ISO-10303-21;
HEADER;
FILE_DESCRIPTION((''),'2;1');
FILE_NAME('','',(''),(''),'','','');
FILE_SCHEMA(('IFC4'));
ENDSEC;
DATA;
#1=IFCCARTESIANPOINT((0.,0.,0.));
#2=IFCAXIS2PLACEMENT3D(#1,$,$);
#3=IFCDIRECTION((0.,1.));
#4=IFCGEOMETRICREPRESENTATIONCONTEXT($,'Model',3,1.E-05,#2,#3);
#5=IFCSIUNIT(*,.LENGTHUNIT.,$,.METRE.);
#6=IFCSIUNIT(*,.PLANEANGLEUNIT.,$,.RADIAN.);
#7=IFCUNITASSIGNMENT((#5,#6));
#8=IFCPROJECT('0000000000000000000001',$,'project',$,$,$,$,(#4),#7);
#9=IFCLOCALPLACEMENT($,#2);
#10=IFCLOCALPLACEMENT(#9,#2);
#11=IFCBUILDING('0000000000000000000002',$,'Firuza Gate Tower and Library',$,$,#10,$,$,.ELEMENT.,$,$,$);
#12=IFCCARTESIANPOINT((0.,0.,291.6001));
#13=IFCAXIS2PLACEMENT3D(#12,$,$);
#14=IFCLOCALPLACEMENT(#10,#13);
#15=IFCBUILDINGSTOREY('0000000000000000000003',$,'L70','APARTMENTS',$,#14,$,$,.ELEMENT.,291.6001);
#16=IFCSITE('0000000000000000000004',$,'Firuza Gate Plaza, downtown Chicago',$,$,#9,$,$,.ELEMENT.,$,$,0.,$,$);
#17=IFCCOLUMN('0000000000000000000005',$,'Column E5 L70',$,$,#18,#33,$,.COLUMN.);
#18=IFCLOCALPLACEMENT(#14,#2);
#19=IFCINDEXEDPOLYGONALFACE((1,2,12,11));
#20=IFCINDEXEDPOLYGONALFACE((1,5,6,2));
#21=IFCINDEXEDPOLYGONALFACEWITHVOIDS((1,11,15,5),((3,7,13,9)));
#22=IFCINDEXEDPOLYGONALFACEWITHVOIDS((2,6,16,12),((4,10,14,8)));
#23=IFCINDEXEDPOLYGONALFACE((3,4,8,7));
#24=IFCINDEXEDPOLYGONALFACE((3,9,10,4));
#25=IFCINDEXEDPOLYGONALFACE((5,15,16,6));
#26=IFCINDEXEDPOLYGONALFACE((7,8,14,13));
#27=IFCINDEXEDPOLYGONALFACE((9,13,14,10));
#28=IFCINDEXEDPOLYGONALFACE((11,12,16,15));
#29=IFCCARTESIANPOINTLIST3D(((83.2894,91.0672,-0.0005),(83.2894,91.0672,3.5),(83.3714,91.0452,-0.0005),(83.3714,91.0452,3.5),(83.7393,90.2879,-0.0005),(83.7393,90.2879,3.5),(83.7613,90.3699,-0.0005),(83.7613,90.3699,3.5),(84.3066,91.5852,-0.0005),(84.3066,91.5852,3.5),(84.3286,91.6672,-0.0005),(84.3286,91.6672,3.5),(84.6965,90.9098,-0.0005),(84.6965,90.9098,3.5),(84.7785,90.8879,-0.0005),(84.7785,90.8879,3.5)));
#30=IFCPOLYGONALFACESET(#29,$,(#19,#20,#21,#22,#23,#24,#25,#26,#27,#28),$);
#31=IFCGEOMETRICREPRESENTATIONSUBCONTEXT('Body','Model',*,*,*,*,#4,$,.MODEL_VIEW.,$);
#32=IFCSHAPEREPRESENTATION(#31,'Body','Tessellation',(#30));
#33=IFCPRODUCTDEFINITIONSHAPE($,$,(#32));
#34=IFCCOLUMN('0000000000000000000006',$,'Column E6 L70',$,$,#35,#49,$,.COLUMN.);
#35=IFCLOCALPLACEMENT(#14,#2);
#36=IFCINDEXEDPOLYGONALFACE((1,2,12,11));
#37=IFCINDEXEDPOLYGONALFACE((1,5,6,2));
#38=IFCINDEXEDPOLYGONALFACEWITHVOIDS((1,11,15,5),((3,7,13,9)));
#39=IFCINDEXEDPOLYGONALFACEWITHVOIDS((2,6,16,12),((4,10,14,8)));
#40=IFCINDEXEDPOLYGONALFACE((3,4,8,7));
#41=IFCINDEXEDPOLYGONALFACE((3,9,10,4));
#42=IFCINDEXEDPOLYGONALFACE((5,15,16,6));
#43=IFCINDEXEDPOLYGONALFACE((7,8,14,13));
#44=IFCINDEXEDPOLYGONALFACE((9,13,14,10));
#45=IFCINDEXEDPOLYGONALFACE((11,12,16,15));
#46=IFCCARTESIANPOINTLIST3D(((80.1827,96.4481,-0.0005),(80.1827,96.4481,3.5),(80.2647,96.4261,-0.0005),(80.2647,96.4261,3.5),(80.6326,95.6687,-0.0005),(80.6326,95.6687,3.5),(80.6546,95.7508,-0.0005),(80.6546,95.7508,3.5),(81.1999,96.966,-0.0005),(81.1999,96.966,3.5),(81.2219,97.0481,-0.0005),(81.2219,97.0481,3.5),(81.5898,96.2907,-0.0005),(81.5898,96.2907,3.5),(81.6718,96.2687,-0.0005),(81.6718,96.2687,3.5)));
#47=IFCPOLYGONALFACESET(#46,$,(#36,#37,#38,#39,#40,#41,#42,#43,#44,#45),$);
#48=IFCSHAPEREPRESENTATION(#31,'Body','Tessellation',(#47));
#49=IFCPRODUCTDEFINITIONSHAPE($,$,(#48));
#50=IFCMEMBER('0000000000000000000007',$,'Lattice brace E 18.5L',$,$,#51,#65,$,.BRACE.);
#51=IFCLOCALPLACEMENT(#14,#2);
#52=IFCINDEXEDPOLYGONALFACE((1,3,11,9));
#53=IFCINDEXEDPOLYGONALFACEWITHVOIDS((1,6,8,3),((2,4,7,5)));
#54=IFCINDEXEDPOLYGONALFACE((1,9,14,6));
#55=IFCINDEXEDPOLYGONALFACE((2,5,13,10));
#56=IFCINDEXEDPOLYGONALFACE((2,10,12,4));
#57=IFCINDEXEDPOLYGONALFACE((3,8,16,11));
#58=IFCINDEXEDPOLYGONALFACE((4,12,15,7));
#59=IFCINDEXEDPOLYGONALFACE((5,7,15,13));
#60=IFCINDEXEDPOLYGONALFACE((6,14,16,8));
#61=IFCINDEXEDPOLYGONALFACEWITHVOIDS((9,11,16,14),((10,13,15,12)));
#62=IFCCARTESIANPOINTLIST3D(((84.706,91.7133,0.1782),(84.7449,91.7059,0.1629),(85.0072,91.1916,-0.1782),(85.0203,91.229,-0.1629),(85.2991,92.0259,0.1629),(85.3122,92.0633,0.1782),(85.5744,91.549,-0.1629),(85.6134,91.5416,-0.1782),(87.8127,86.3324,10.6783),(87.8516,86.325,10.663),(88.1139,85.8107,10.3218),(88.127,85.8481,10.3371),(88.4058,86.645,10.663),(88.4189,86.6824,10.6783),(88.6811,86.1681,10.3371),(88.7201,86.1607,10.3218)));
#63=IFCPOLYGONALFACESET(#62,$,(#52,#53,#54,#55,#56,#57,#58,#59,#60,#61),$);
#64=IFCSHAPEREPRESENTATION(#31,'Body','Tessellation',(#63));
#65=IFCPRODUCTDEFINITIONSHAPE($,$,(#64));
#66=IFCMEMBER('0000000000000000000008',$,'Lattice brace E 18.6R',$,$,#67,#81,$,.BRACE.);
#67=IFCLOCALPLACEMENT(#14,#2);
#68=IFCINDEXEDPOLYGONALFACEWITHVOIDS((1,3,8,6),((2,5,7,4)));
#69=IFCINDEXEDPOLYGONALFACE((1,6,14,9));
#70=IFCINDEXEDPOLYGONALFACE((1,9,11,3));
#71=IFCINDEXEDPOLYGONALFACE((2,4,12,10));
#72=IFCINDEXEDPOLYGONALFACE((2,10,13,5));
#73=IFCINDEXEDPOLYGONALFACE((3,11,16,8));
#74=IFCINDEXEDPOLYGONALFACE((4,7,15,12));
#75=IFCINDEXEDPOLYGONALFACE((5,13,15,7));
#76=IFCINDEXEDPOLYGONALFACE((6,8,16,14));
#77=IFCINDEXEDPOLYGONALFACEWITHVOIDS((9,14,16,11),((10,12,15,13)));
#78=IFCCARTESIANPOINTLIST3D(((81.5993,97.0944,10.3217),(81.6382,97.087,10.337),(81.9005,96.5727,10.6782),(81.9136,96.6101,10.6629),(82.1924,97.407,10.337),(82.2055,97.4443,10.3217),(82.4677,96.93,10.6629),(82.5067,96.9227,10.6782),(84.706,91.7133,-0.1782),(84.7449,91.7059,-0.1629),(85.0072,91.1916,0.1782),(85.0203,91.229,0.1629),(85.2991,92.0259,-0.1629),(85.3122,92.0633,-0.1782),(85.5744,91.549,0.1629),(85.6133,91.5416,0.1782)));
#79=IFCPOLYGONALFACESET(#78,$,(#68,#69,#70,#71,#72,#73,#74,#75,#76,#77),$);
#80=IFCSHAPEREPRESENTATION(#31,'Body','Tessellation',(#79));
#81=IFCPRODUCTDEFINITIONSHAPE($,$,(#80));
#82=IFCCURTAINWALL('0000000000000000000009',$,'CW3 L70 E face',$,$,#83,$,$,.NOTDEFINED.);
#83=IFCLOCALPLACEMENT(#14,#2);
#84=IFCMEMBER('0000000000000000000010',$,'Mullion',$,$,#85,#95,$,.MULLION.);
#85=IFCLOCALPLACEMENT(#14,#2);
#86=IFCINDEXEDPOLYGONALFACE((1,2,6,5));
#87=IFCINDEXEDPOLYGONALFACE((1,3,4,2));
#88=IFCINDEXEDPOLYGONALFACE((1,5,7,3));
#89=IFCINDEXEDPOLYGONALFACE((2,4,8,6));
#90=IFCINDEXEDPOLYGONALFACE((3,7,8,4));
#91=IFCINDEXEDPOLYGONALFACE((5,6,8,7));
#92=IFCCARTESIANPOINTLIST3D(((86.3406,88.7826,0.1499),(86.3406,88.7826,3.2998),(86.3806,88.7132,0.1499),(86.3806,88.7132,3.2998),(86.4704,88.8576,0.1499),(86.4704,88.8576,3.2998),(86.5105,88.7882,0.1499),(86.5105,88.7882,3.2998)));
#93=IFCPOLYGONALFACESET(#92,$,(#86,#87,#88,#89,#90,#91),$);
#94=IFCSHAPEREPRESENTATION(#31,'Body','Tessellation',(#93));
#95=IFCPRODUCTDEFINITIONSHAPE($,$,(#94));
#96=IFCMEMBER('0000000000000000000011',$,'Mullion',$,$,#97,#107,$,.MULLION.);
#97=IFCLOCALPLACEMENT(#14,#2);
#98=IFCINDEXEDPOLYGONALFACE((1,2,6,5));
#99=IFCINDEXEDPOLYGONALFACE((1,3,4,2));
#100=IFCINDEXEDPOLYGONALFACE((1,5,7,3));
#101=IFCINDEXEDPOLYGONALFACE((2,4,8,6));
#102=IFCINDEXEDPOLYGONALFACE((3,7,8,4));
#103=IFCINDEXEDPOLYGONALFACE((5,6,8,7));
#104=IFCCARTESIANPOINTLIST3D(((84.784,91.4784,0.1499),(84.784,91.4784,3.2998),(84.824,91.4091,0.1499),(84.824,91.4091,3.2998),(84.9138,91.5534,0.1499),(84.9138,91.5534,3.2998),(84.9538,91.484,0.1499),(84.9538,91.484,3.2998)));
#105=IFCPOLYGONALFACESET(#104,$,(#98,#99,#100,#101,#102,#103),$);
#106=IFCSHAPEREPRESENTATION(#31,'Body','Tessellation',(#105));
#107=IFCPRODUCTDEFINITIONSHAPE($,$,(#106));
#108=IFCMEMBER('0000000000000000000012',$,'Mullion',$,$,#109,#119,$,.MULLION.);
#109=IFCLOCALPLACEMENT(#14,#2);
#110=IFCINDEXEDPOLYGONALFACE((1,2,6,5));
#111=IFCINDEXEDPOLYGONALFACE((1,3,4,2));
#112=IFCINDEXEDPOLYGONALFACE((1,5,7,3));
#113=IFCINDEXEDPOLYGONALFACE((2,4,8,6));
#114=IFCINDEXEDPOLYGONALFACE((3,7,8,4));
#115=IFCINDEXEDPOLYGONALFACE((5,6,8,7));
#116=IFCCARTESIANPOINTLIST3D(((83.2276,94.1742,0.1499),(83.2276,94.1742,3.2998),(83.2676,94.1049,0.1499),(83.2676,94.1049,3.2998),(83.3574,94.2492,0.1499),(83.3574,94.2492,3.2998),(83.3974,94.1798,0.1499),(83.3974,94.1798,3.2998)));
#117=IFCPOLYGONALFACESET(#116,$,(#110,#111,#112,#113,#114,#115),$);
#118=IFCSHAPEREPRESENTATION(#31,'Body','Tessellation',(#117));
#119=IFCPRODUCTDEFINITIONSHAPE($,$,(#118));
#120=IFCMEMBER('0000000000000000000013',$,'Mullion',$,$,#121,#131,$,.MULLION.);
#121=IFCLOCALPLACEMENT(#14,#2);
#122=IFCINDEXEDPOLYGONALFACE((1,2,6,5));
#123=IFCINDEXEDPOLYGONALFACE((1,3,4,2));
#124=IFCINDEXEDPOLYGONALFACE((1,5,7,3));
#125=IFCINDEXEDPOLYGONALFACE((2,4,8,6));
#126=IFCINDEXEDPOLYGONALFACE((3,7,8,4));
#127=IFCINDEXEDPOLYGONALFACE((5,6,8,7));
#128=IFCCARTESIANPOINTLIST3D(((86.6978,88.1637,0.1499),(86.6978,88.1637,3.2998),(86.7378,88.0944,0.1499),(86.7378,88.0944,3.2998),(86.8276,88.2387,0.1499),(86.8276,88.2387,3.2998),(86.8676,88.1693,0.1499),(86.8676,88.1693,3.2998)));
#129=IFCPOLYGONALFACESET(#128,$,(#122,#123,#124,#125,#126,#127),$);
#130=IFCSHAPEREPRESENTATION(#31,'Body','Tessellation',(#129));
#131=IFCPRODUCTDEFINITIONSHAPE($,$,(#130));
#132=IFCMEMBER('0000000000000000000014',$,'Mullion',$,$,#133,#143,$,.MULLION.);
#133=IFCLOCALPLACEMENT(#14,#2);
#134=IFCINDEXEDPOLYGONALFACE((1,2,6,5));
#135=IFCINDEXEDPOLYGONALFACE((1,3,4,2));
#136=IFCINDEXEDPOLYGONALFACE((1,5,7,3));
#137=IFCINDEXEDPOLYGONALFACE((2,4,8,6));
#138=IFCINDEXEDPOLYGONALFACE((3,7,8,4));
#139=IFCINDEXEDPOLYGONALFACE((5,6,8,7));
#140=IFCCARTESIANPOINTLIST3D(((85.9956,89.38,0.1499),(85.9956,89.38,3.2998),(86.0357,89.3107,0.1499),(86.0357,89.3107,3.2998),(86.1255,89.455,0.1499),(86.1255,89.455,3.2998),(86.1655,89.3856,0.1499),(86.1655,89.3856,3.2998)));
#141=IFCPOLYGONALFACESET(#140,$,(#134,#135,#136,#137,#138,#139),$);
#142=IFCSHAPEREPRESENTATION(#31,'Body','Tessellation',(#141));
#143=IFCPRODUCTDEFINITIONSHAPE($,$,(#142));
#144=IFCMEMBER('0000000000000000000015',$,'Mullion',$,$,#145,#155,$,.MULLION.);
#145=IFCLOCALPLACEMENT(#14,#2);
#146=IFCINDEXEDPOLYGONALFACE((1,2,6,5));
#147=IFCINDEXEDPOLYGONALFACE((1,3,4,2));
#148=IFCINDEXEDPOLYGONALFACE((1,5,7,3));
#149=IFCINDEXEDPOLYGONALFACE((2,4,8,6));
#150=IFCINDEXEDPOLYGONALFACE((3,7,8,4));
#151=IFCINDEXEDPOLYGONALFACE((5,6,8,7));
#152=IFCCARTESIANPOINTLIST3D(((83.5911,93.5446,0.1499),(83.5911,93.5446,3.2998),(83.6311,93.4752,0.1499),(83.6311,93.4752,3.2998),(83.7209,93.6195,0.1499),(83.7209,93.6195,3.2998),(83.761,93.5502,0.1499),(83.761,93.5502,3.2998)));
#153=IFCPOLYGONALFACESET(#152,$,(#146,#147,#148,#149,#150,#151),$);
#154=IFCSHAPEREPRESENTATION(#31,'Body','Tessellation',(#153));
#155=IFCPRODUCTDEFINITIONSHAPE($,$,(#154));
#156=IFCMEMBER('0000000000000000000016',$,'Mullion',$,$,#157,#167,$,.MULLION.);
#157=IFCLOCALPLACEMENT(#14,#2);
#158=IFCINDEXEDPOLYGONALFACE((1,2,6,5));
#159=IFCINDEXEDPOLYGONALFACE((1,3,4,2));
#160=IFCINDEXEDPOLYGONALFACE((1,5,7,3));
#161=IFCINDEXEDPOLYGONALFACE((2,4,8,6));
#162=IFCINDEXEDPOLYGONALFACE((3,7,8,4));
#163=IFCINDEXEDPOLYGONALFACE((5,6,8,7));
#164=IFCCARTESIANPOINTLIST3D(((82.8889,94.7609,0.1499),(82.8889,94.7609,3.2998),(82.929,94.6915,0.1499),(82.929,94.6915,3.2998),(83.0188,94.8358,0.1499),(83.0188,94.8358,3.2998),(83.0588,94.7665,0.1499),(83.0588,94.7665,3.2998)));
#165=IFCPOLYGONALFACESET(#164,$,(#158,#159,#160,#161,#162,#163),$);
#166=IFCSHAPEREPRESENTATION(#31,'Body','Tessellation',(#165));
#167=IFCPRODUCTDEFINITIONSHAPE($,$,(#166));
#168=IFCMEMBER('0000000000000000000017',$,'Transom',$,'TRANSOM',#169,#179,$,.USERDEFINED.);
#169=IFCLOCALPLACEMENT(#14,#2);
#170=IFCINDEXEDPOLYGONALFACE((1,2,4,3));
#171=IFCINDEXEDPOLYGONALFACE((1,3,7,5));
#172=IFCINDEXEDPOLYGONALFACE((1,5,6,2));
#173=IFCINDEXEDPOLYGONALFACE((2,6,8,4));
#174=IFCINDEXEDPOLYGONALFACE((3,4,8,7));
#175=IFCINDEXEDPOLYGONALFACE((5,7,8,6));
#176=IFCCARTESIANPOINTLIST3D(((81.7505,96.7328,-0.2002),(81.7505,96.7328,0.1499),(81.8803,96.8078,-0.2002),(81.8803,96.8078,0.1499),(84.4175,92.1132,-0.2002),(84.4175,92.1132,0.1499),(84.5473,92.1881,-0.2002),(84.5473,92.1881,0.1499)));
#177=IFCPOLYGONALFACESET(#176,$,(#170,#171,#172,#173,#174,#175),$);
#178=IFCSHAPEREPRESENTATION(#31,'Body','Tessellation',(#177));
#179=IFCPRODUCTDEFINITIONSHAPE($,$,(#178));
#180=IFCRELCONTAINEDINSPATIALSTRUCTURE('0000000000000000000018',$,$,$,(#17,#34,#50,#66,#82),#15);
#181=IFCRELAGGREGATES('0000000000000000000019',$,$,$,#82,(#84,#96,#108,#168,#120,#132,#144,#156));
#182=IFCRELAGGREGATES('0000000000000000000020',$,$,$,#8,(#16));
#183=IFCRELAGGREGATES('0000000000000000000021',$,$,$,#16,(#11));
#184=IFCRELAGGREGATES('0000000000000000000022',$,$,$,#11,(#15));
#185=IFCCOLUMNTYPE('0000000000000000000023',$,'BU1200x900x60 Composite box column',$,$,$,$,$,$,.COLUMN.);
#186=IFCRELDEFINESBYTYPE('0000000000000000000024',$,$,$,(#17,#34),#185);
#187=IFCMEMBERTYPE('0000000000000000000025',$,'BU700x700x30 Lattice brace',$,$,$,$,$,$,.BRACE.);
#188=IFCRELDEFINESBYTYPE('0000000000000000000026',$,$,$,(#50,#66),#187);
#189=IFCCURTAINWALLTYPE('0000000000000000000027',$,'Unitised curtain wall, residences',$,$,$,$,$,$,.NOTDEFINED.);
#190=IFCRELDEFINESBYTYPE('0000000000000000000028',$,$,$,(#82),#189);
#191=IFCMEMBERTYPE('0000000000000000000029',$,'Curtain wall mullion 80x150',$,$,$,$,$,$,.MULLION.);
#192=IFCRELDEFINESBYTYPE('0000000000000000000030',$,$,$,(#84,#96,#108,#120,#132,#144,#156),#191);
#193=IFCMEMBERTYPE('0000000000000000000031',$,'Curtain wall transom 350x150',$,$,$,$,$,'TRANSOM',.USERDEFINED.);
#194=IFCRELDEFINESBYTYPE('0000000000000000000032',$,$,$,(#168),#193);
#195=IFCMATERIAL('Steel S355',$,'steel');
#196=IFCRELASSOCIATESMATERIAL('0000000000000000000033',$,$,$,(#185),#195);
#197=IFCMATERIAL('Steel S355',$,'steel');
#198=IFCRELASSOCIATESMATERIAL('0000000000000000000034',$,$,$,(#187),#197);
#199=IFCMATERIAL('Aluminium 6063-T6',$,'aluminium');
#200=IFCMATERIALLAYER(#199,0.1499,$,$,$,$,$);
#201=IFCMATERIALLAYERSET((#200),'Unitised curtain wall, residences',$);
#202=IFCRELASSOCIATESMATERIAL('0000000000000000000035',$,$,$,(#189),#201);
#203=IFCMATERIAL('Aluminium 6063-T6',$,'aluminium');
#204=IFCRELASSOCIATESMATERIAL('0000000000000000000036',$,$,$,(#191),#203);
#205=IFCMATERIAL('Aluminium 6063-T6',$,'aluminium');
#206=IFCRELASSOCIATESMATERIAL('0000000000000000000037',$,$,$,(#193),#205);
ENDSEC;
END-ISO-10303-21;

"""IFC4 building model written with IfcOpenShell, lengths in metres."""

from ifc_helpers import new_model, si_unit, direction, frame, origin, origin_2d, place, context, subcontext, project, spatial, rectangle, hollow_rectangle, extrude, material, layer, layer_set, material_profile, profile_set, type_object, element, aggregate, save


model = new_model("IFC4")

# Units and contexts
model_context = context("Model", 3, precision=1e-05, world=origin(), true_north=direction((0.0, 1.0)))
body_context = subcontext(model_context, "Body", "Model", "MODEL_VIEW")
ifc_project = project(units=[si_unit("LENGTHUNIT", "METRE"), si_unit("PLANEANGLEUNIT", "RADIAN")], contexts=[model_context])

# Site, building, storey
site_placement = place(None, origin())
site = spatial("IfcSite", under=ifc_project, at=site_placement, Name="Firuza Gate Plaza, downtown Chicago", CompositionType="ELEMENT", RefElevation=0.0)
building_placement = place(site_placement, origin())
building = spatial("IfcBuilding", under=site, at=building_placement, Name="Firuza Gate Tower and Library", CompositionType="ELEMENT")
storey_placement = place(building_placement, frame((0.0, 0.0, 291.6001)))
storey = spatial("IfcBuildingStorey", under=building, at=storey_placement, Name="L70", Description="APARTMENTS", CompositionType="ELEMENT", Elevation=291.6001)

# Columns
ifc_material_1 = material(Name="Steel S355", Category="steel")
ifc_material_profile_1 = material_profile(ifc_material_1, hollow_rectangle(XDim=0.8999, YDim=1.2, WallThickness=0.0601, at=origin_2d()))
ifc_profile_set_1 = profile_set([ifc_material_profile_1], Name="Steel S355")
column_type = type_object("IfcColumnType", Name="BU1200x900x60 Composite box column", PredefinedType="COLUMN", material=ifc_profile_set_1)
for number, where, z_axis, x_axis, name in (
    (1, (84.0339, 90.9775, -0.0005), (0.0, 0.0, 1.0), (-0.5, 0.866025, 0.0), "Column E5 L70"),
    (2, (80.9272, 96.3584, -0.0005), (0.0, 0.0, 1.0), (-0.5, 0.866025, 0.0), "Column E6 L70"),
):
    element("IfcColumn", number, at=place(storey_placement, frame(where, z_axis=z_axis, x_axis=x_axis)), inside=storey, type_object=column_type, Name=name, PredefinedType="COLUMN", context=body_context, shape_type="SweptSolid", body=[
        extrude(hollow_rectangle(XDim=0.8999, YDim=1.2, WallThickness=0.0601, at=origin_2d()), origin(), (0.0, 0.0, 1.0), 3.5005),
    ])

# Members
ifc_material_2 = material(Name="Steel S355", Category="steel")
ifc_material_profile_2 = material_profile(ifc_material_2, hollow_rectangle(XDim=0.7, YDim=0.7, WallThickness=0.03, at=origin_2d()))
ifc_profile_set_2 = profile_set([ifc_material_profile_2], Name="Steel S355")
member_type_1 = type_object("IfcMemberType", Name="BU700x700x30 Lattice brace", PredefinedType="BRACE", material=ifc_profile_set_2)
for number, where, z_axis, x_axis, name in (
    (3, (85.1597, 91.6274, 0.0), (0.254634, -0.441032, 0.860612), (0.866022, 0.500006, 0.0), "Lattice brace E 18.5L"),
    (4, (85.1597, 91.6274, 0.0), (-0.254631, 0.441048, 0.860604), (-0.866032, -0.499989, 0.0), "Lattice brace E 18.6R"),
):
    element("IfcMember", number, at=place(storey_placement, frame(where, z_axis=z_axis, x_axis=x_axis)), inside=storey, type_object=member_type_1, Name=name, PredefinedType="BRACE", context=body_context, shape_type="SweptSolid", body=[
        extrude(hollow_rectangle(XDim=0.7, YDim=0.7, WallThickness=0.03, at=origin_2d()), origin(), (0.0, 0.0, 1.0), 12.2007),
    ])

# Curtain wall, members
ifc_material_3 = material(Name="Aluminium 6063-T6", Category="aluminium")
ifc_layer_1 = layer(ifc_material_3, 0.1499)
ifc_layer_set_1 = layer_set([ifc_layer_1], Name="Unitised curtain wall, residences")
curtain_wall_type = type_object("IfcCurtainWallType", Name="Unitised curtain wall, residences", PredefinedType="NOTDEFINED", material=ifc_layer_set_1)
curtain_wall_placement = place(storey_placement, origin())
curtain_wall = element("IfcCurtainWall", 5, at=curtain_wall_placement, inside=storey, type_object=curtain_wall_type, Name="CW3 L70 E face", PredefinedType="NOTDEFINED")
ifc_material_4 = material(Name="Aluminium 6063-T6", Category="aluminium")
ifc_material_profile_3 = material_profile(ifc_material_4, rectangle(XDim=0.1499, YDim=0.0801, at=origin_2d()))
ifc_profile_set_3 = profile_set([ifc_material_profile_3], Name="Aluminium 6063-T6")
member_type_2 = type_object("IfcMemberType", Name="Curtain wall mullion 80x150", PredefinedType="MULLION", material=ifc_profile_set_3)
member_1_placement = place(storey_placement, frame((86.4255, 88.7854, 0.1499), z_axis=(0.0, 0.0, 1.0), x_axis=(-0.866025, -0.5, 0.0)))
member_1 = element("IfcMember", 6, at=member_1_placement, type_object=member_type_2, Name="Mullion", PredefinedType="MULLION", context=body_context, shape_type="SweptSolid", body=[
    extrude(rectangle(XDim=0.1499, YDim=0.0801, at=origin_2d()), origin(), (0.0, 0.0, 1.0), 3.1499),
])
member_2_placement = place(storey_placement, frame((84.8689, 91.4812, 0.1499), z_axis=(0.0, 0.0, 1.0), x_axis=(-0.866025, -0.5, 0.0)))
member_2 = element("IfcMember", 7, at=member_2_placement, type_object=member_type_2, Name="Mullion", PredefinedType="MULLION", context=body_context, shape_type="SweptSolid", body=[
    extrude(rectangle(XDim=0.1499, YDim=0.0801, at=origin_2d()), origin(), (0.0, 0.0, 1.0), 3.1499),
])
member_3_placement = place(storey_placement, frame((83.3125, 94.177, 0.1499), z_axis=(0.0, 0.0, 1.0), x_axis=(-0.866025, -0.5, 0.0)))
member_3 = element("IfcMember", 8, at=member_3_placement, type_object=member_type_2, Name="Mullion", PredefinedType="MULLION", context=body_context, shape_type="SweptSolid", body=[
    extrude(rectangle(XDim=0.1499, YDim=0.0801, at=origin_2d()), origin(), (0.0, 0.0, 1.0), 3.1499),
])
member_4_placement = place(storey_placement, frame((86.7827, 88.1665, 0.1499), z_axis=(0.0, 0.0, 1.0), x_axis=(-0.866025, -0.5, 0.0)))
member_4 = element("IfcMember", 9, at=member_4_placement, type_object=member_type_2, Name="Mullion", PredefinedType="MULLION", context=body_context, shape_type="SweptSolid", body=[
    extrude(rectangle(XDim=0.1499, YDim=0.0801, at=origin_2d()), origin(), (0.0, 0.0, 1.0), 3.1499),
])
member_5_placement = place(storey_placement, frame((86.0806, 89.3828, 0.1499), z_axis=(0.0, 0.0, 1.0), x_axis=(-0.866025, -0.5, 0.0)))
member_5 = element("IfcMember", 10, at=member_5_placement, type_object=member_type_2, Name="Mullion", PredefinedType="MULLION", context=body_context, shape_type="SweptSolid", body=[
    extrude(rectangle(XDim=0.1499, YDim=0.0801, at=origin_2d()), origin(), (0.0, 0.0, 1.0), 3.1499),
])
member_6_placement = place(storey_placement, frame((83.676, 93.5474, 0.1499), z_axis=(0.0, 0.0, 1.0), x_axis=(-0.866025, -0.5, 0.0)))
member_6 = element("IfcMember", 11, at=member_6_placement, type_object=member_type_2, Name="Mullion", PredefinedType="MULLION", context=body_context, shape_type="SweptSolid", body=[
    extrude(rectangle(XDim=0.1499, YDim=0.0801, at=origin_2d()), origin(), (0.0, 0.0, 1.0), 3.1499),
])
member_7_placement = place(storey_placement, frame((82.9739, 94.7637, 0.1499), z_axis=(0.0, 0.0, 1.0), x_axis=(-0.866025, -0.5, 0.0)))
member_7 = element("IfcMember", 12, at=member_7_placement, type_object=member_type_2, Name="Mullion", PredefinedType="MULLION", context=body_context, shape_type="SweptSolid", body=[
    extrude(rectangle(XDim=0.1499, YDim=0.0801, at=origin_2d()), origin(), (0.0, 0.0, 1.0), 3.1499),
])
ifc_material_5 = material(Name="Aluminium 6063-T6", Category="aluminium")
ifc_material_profile_4 = material_profile(ifc_material_5, rectangle(XDim=0.1499, YDim=0.3501, at=origin_2d()))
ifc_profile_set_4 = profile_set([ifc_material_profile_4], Name="Aluminium 6063-T6")
member_type_3 = type_object("IfcMemberType", Name="Curtain wall transom 350x150", ElementType="TRANSOM", PredefinedType="USERDEFINED", material=ifc_profile_set_4)
member_8_placement = place(storey_placement, frame((84.4824, 92.1506, -0.0251), z_axis=(-0.499979, 0.866038, 0.0), x_axis=(-0.866038, -0.499979, 0.0)))
member_8 = element("IfcMember", 13, at=member_8_placement, type_object=member_type_3, Name="Transom", ObjectType="TRANSOM", PredefinedType="USERDEFINED", context=body_context, shape_type="SweptSolid", body=[
    extrude(rectangle(XDim=0.1499, YDim=0.3501, at=origin_2d()), origin(), (0.0, 0.0, 1.0), 5.3342),
])

aggregate(curtain_wall, [member_1, member_2, member_3, member_8, member_4, member_5, member_6, member_7])

save(model, "model.ifc")
